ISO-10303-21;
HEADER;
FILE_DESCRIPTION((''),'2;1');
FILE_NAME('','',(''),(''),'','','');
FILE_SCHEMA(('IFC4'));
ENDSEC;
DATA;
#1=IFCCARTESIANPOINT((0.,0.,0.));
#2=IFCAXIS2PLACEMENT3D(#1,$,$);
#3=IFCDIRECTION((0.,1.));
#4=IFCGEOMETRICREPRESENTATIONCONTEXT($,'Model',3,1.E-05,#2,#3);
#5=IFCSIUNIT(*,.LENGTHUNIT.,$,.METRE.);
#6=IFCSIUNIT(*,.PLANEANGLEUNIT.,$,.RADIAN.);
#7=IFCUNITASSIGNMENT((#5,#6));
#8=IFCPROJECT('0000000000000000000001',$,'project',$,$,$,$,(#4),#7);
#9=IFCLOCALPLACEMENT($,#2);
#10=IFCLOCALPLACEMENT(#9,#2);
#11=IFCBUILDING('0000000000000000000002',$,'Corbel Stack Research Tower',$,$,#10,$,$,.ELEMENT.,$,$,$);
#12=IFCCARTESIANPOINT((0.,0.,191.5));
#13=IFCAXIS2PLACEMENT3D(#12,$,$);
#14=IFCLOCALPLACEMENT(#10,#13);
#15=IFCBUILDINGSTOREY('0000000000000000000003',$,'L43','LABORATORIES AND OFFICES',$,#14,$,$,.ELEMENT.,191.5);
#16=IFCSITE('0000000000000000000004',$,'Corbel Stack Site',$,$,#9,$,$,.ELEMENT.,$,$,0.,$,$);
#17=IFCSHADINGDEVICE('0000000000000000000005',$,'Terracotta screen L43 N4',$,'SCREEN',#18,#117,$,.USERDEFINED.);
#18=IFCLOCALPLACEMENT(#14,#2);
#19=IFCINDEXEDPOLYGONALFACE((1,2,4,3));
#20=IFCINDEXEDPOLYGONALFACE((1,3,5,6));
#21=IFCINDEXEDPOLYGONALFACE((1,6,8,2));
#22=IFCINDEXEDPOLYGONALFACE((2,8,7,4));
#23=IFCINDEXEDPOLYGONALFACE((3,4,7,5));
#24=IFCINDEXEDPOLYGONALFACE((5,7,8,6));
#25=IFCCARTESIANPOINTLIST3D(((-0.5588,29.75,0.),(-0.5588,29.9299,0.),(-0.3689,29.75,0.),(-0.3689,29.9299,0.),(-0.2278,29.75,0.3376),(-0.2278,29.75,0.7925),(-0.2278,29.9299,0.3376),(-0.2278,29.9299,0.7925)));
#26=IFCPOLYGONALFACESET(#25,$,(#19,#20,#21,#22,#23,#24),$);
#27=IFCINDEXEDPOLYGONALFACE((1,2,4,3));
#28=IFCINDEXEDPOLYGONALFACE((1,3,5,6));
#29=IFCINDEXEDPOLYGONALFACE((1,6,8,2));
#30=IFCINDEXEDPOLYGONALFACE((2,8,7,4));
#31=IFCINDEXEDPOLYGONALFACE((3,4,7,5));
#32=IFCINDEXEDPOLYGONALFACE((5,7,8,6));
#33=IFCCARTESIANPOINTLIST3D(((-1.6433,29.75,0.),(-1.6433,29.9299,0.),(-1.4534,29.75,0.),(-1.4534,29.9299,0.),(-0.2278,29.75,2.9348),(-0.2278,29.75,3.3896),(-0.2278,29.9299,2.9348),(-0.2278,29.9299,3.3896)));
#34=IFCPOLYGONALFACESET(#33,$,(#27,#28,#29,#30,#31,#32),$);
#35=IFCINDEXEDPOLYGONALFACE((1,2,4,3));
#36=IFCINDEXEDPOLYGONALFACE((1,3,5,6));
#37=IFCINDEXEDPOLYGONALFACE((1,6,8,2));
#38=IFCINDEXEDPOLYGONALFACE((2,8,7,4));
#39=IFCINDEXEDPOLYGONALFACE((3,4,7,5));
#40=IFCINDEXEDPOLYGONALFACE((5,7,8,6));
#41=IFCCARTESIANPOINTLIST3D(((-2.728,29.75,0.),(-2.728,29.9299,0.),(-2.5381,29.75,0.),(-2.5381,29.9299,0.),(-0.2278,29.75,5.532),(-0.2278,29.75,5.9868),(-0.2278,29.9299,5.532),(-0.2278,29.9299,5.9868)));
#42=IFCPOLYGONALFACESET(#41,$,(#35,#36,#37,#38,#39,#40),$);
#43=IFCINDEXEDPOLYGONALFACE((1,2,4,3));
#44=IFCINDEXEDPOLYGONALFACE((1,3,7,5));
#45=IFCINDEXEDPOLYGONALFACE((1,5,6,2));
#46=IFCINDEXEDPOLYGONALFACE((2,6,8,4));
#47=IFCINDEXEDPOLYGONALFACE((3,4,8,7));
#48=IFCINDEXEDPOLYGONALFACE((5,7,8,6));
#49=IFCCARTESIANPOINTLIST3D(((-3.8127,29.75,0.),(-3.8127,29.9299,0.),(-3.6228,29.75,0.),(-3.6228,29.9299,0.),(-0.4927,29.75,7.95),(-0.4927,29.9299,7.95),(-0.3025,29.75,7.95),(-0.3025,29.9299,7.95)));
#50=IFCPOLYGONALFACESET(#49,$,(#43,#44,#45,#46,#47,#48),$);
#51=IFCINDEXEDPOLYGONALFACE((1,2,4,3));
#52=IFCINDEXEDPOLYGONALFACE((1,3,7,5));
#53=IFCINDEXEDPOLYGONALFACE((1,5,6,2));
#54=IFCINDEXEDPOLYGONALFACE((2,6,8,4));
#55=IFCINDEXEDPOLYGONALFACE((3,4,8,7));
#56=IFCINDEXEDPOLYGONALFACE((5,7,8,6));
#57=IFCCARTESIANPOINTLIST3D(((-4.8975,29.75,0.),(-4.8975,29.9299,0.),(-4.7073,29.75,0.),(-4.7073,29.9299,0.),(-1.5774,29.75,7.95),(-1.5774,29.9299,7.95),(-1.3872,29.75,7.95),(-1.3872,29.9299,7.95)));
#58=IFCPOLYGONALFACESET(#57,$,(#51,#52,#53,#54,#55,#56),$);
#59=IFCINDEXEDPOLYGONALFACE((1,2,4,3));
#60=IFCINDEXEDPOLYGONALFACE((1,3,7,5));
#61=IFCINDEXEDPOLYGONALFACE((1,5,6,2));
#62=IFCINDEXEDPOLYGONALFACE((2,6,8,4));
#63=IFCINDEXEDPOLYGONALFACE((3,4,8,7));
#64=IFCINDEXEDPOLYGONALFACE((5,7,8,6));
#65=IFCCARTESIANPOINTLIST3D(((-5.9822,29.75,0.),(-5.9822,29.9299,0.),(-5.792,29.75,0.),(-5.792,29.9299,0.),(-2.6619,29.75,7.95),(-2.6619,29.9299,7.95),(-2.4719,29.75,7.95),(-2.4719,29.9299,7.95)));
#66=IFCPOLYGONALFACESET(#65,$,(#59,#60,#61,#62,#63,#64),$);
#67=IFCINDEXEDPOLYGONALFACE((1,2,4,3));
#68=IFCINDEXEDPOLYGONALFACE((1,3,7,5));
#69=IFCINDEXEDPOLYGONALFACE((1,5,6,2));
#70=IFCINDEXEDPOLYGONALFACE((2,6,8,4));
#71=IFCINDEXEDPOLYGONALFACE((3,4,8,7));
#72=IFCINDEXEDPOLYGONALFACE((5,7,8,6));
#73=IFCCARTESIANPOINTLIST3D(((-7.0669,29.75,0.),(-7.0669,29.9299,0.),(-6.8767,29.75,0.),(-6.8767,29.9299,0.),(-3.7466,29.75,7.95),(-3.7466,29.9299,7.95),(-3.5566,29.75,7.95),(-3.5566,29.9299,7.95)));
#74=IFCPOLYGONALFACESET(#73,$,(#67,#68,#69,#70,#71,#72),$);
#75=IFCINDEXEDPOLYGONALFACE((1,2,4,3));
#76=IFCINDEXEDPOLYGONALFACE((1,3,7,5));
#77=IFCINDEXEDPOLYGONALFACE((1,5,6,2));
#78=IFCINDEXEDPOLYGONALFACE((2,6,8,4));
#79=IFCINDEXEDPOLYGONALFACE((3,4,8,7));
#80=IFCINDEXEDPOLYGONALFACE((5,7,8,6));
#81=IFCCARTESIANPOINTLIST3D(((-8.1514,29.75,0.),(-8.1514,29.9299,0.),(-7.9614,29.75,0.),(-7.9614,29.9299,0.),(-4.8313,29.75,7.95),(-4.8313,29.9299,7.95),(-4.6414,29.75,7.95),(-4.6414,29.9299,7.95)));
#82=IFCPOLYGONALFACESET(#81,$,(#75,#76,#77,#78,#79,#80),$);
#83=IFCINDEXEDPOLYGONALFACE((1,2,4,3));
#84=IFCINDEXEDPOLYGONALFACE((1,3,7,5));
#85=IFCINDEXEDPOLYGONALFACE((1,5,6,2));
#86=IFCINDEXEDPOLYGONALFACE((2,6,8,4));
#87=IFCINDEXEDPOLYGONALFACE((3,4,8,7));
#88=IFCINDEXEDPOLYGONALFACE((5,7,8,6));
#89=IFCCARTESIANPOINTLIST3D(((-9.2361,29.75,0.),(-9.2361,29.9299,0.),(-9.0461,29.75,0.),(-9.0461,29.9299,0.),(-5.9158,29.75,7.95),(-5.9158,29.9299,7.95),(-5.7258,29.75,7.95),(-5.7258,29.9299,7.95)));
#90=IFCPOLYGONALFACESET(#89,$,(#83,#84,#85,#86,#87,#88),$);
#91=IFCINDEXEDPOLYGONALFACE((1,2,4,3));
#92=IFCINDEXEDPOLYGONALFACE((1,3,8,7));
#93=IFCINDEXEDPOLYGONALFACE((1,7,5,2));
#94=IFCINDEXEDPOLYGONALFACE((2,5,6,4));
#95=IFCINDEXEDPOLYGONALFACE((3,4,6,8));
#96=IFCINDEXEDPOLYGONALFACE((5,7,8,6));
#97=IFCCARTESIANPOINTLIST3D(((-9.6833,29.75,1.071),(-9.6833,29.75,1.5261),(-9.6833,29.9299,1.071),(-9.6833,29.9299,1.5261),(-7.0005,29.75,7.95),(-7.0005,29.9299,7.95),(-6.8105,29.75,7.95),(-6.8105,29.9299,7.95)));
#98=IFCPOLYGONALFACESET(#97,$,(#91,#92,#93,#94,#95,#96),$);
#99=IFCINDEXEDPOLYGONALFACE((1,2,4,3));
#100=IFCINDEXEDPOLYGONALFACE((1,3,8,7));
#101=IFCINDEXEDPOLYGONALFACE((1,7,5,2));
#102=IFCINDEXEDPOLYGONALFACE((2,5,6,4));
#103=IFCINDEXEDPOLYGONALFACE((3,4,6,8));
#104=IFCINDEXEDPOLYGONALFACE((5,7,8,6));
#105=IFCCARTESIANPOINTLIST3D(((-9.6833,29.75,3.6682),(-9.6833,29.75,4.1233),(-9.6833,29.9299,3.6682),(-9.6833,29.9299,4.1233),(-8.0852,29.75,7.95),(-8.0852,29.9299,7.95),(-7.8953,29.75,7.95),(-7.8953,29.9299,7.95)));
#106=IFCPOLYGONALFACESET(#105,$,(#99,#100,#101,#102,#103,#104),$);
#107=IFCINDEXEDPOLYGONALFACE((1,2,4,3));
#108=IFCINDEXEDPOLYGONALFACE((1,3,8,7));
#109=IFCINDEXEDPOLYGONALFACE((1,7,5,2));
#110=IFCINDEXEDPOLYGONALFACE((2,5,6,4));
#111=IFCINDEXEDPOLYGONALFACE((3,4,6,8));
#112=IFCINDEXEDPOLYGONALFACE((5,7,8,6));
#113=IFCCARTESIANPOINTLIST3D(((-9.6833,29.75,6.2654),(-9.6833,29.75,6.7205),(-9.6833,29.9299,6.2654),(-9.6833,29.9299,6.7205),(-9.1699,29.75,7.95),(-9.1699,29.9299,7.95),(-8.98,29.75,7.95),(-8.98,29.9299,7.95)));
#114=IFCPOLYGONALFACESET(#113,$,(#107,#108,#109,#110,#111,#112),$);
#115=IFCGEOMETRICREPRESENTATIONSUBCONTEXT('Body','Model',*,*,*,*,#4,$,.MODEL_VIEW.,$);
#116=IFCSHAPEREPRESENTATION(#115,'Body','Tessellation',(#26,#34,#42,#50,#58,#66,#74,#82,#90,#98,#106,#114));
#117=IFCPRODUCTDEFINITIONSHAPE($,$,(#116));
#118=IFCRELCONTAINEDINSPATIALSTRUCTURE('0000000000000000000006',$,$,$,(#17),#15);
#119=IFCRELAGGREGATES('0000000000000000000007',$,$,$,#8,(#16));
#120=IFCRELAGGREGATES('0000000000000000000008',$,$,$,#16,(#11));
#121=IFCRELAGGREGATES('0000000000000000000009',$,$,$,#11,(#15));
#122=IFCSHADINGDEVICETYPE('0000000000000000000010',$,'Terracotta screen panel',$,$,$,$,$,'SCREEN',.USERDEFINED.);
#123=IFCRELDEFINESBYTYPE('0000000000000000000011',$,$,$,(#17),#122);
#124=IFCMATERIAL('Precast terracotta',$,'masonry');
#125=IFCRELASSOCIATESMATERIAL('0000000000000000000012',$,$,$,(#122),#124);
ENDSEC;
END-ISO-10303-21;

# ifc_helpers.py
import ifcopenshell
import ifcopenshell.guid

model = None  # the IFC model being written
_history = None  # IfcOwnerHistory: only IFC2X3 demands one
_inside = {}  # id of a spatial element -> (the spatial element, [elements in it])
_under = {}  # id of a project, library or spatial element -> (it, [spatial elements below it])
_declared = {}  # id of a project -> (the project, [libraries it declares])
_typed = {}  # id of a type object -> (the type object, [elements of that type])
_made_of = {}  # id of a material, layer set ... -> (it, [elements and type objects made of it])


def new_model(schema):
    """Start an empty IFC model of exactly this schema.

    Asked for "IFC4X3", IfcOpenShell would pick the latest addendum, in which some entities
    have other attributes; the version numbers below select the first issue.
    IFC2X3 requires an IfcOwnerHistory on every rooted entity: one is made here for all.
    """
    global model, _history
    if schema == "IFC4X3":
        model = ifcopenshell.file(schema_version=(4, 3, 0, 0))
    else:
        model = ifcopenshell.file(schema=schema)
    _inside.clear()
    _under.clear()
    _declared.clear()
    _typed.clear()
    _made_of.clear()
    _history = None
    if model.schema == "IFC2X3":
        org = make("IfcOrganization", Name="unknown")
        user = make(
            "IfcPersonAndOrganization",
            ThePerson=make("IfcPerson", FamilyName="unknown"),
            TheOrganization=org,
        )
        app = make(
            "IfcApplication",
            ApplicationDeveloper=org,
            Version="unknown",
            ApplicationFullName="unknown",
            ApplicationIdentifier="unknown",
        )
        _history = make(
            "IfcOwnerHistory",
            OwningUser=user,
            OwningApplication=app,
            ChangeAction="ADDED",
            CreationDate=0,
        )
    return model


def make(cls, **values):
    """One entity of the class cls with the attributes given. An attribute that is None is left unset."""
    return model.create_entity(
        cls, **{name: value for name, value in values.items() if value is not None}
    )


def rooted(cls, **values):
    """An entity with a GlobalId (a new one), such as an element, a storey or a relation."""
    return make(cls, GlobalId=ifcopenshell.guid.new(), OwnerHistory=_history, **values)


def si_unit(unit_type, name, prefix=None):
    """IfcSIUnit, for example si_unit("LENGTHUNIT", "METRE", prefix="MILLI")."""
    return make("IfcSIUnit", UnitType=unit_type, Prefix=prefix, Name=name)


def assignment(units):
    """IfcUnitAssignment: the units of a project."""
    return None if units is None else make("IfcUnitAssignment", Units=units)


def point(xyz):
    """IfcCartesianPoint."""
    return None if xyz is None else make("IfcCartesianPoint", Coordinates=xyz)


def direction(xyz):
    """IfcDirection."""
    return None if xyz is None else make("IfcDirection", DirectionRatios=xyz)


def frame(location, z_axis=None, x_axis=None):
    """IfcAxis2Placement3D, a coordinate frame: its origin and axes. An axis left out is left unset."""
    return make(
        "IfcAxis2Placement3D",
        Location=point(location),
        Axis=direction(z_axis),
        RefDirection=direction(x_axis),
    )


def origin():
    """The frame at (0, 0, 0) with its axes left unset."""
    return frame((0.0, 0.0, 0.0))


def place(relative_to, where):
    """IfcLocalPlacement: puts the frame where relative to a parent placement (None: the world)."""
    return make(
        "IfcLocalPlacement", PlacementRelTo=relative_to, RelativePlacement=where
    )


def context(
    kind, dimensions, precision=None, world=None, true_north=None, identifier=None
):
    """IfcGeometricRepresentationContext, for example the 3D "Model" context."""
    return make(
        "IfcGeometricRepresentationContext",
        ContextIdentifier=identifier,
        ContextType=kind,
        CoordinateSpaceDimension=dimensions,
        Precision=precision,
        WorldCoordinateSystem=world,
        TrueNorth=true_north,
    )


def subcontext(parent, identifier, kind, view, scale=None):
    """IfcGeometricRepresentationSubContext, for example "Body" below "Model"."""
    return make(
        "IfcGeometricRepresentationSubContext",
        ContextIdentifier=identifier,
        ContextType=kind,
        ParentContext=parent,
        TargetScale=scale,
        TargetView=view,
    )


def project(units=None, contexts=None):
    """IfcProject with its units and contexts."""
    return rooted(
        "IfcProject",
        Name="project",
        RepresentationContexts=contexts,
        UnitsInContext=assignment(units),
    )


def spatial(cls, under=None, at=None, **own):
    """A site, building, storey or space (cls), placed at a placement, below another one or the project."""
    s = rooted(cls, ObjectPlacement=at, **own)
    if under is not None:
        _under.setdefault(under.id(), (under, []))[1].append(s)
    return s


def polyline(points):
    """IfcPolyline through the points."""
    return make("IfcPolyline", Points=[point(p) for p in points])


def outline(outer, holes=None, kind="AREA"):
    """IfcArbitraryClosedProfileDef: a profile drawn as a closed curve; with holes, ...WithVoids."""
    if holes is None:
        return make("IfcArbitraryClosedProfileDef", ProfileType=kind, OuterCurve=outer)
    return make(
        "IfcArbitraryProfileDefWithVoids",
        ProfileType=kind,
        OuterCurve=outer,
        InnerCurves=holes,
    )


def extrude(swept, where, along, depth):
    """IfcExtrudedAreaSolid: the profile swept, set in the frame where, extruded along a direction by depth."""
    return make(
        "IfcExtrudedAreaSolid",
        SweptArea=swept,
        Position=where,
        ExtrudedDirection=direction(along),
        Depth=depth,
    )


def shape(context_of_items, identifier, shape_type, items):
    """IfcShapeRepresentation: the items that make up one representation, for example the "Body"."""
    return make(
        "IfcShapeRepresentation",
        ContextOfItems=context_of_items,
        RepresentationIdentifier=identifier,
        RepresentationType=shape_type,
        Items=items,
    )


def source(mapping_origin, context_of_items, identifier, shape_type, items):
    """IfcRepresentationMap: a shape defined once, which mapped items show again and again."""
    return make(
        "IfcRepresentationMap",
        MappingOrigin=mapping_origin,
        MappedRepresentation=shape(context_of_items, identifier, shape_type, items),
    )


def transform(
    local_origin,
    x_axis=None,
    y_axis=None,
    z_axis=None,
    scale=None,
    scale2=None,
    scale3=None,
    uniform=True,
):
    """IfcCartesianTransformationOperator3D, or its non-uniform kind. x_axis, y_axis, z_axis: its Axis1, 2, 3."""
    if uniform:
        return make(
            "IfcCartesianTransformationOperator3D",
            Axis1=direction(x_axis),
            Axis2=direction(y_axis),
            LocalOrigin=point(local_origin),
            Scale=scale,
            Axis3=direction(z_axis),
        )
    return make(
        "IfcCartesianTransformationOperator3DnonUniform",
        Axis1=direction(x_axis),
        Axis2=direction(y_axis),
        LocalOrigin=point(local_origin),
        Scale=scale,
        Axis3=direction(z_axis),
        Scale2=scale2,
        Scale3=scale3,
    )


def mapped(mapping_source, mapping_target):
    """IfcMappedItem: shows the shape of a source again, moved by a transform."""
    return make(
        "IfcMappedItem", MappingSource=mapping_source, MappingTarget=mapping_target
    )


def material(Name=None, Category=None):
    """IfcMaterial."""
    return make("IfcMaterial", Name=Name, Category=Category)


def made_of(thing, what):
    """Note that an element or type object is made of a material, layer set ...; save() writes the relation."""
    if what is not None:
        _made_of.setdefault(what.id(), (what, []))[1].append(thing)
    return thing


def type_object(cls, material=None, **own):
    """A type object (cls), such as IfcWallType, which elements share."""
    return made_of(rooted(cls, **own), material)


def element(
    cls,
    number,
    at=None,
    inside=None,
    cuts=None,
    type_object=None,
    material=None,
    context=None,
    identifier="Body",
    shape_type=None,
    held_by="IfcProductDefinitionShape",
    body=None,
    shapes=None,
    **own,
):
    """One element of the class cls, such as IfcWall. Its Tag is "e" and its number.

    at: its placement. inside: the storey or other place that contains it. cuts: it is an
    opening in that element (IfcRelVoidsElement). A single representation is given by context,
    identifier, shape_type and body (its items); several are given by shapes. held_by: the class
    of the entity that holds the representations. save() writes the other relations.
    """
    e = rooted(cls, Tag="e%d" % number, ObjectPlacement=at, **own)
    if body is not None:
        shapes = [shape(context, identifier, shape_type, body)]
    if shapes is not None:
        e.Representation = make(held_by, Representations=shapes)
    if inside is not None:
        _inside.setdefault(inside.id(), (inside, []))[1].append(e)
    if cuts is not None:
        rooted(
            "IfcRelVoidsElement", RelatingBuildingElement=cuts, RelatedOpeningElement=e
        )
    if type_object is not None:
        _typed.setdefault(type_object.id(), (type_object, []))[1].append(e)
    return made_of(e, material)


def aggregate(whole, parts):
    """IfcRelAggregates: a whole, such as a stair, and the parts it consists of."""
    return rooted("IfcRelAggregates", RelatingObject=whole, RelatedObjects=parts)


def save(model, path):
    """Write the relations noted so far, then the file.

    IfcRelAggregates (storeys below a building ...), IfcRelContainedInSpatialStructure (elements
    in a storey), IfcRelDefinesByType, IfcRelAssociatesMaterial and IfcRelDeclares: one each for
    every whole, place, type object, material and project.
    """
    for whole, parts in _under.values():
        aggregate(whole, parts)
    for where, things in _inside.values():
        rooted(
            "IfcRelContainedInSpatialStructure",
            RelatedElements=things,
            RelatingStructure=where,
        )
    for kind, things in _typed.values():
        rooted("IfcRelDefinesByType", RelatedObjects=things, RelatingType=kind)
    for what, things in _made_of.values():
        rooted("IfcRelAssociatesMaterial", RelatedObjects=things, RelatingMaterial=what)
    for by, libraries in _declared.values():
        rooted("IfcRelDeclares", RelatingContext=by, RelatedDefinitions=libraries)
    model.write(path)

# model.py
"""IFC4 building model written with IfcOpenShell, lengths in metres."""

from ifc_helpers import new_model, si_unit, direction, frame, origin, place, context, subcontext, project, spatial, polyline, outline, extrude, source, transform, mapped, material, type_object, element, save


model = new_model("IFC4")

# Units and contexts
model_context = context("Model", 3, precision=1e-05, world=origin(), true_north=direction((0.0, 1.0)))
body_context = subcontext(model_context, "Body", "Model", "MODEL_VIEW")
ifc_project = project(units=[si_unit("LENGTHUNIT", "METRE"), si_unit("PLANEANGLEUNIT", "RADIAN")], contexts=[model_context])

# Site, building, storey
site_placement = place(None, origin())
site = spatial("IfcSite", under=ifc_project, at=site_placement, Name="Corbel Stack Site", CompositionType="ELEMENT", RefElevation=0.0)
building_placement = place(site_placement, origin())
building = spatial("IfcBuilding", under=site, at=building_placement, Name="Corbel Stack Research Tower", CompositionType="ELEMENT")
storey_placement = place(building_placement, frame((0.0, 0.0, 191.5)))
storey = spatial("IfcBuildingStorey", under=building, at=storey_placement, Name="L43", Description="LABORATORIES AND OFFICES", CompositionType="ELEMENT", Elevation=191.5)

# Shading device
ifc_material_1 = material(Name="Precast terracotta", Category="masonry")
shading_device_type = type_object("IfcShadingDeviceType", Name="Terracotta screen panel", ElementType="SCREEN", PredefinedType="USERDEFINED", material=ifc_material_1)
shared_shape_1 = source(origin(), body_context, "Body", "SweptSolid", [
    extrude(outline(polyline([(0.3311, 0.0), (0.0, 0.7925), (0.0, 0.3376), (0.1411, 0.0), (0.3311, 0.0)])), frame((0.0, 0.0, 0.0), z_axis=(0.0, -1.0, 0.0), x_axis=(1.0, 0.0, 0.0)), (0.0, 0.0, 1.0), 0.1799),
    extrude(outline(polyline([(1.4155, 0.0), (0.0, 3.3896), (0.0, 2.9348), (1.2256, 0.0), (1.4155, 0.0)])), frame((0.0, 0.0, 0.0), z_axis=(0.0, -1.0, 0.0), x_axis=(1.0, 0.0, 0.0)), (0.0, 0.0, 1.0), 0.1799),
    extrude(outline(polyline([(2.5002, 0.0), (0.0, 5.9868), (0.0, 5.532), (2.3103, 0.0), (2.5002, 0.0)])), frame((0.0, 0.0, 0.0), z_axis=(0.0, -1.0, 0.0), x_axis=(1.0, 0.0, 0.0)), (0.0, 0.0, 1.0), 0.1799),
    extrude(outline(polyline([(3.585, 0.0), (0.2649, 7.95), (0.0747, 7.95), (3.395, 0.0), (3.585, 0.0)])), frame((0.0, 0.0, 0.0), z_axis=(0.0, -1.0, 0.0), x_axis=(1.0, 0.0, 0.0)), (0.0, 0.0, 1.0), 0.1799),
    extrude(outline(polyline([(4.6697, 0.0), (1.3496, 7.95), (1.1594, 7.95), (4.4795, 0.0), (4.6697, 0.0)])), frame((0.0, 0.0, 0.0), z_axis=(0.0, -1.0, 0.0), x_axis=(1.0, 0.0, 0.0)), (0.0, 0.0, 1.0), 0.1799),
    extrude(outline(polyline([(5.7544, 0.0), (2.4341, 7.95), (2.2441, 7.95), (5.5642, 0.0), (5.7544, 0.0)])), frame((0.0, 0.0, 0.0), z_axis=(0.0, -1.0, 0.0), x_axis=(1.0, 0.0, 0.0)), (0.0, 0.0, 1.0), 0.1799),
    extrude(outline(polyline([(6.8391, 0.0), (3.5188, 7.95), (3.3289, 7.95), (6.6489, 0.0), (6.8391, 0.0)])), frame((0.0, 0.0, 0.0), z_axis=(0.0, -1.0, 0.0), x_axis=(1.0, 0.0, 0.0)), (0.0, 0.0, 1.0), 0.1799),
    extrude(outline(polyline([(7.9236, 0.0), (4.6035, 7.95), (4.4136, 7.95), (7.7336, 0.0), (7.9236, 0.0)])), frame((0.0, 0.0, 0.0), z_axis=(0.0, -1.0, 0.0), x_axis=(1.0, 0.0, 0.0)), (0.0, 0.0, 1.0), 0.1799),
    extrude(outline(polyline([(9.0083, 0.0), (5.688, 7.95), (5.498, 7.95), (8.8184, 0.0), (9.0083, 0.0)])), frame((0.0, 0.0, 0.0), z_axis=(0.0, -1.0, 0.0), x_axis=(1.0, 0.0, 0.0)), (0.0, 0.0, 1.0), 0.1799),
    extrude(outline(polyline([(6.7727, 7.95), (6.5828, 7.95), (9.4556, 1.071), (9.4556, 1.5261), (6.7727, 7.95)])), frame((0.0, 0.0, 0.0), z_axis=(0.0, -1.0, 0.0), x_axis=(1.0, 0.0, 0.0)), (0.0, 0.0, 1.0), 0.1799),
    extrude(outline(polyline([(7.8574, 7.95), (7.6675, 7.95), (9.4556, 3.6682), (9.4556, 4.1233), (7.8574, 7.95)])), frame((0.0, 0.0, 0.0), z_axis=(0.0, -1.0, 0.0), x_axis=(1.0, 0.0, 0.0)), (0.0, 0.0, 1.0), 0.1799),
    extrude(outline(polyline([(8.9421, 7.95), (8.7522, 7.95), (9.4556, 6.2654), (9.4556, 6.7205), (8.9421, 7.95)])), frame((0.0, 0.0, 0.0), z_axis=(0.0, -1.0, 0.0), x_axis=(1.0, 0.0, 0.0)), (0.0, 0.0, 1.0), 0.1799),
])
shading_device_1_placement = place(storey_placement, frame((-0.2278, 29.75, 0.0), z_axis=(0.0, 0.0, 1.0), x_axis=(-1.0, 0.0, 0.0)))
element("IfcShadingDevice", 1, at=shading_device_1_placement, inside=storey, type_object=shading_device_type, Name="Terracotta screen L43 N4", ObjectType="SCREEN", PredefinedType="USERDEFINED", context=body_context, shape_type="MappedRepresentation", body=[
    mapped(shared_shape_1, transform((0.0, 0.0, 0.0))),
])

save(model, "model.ifc")
